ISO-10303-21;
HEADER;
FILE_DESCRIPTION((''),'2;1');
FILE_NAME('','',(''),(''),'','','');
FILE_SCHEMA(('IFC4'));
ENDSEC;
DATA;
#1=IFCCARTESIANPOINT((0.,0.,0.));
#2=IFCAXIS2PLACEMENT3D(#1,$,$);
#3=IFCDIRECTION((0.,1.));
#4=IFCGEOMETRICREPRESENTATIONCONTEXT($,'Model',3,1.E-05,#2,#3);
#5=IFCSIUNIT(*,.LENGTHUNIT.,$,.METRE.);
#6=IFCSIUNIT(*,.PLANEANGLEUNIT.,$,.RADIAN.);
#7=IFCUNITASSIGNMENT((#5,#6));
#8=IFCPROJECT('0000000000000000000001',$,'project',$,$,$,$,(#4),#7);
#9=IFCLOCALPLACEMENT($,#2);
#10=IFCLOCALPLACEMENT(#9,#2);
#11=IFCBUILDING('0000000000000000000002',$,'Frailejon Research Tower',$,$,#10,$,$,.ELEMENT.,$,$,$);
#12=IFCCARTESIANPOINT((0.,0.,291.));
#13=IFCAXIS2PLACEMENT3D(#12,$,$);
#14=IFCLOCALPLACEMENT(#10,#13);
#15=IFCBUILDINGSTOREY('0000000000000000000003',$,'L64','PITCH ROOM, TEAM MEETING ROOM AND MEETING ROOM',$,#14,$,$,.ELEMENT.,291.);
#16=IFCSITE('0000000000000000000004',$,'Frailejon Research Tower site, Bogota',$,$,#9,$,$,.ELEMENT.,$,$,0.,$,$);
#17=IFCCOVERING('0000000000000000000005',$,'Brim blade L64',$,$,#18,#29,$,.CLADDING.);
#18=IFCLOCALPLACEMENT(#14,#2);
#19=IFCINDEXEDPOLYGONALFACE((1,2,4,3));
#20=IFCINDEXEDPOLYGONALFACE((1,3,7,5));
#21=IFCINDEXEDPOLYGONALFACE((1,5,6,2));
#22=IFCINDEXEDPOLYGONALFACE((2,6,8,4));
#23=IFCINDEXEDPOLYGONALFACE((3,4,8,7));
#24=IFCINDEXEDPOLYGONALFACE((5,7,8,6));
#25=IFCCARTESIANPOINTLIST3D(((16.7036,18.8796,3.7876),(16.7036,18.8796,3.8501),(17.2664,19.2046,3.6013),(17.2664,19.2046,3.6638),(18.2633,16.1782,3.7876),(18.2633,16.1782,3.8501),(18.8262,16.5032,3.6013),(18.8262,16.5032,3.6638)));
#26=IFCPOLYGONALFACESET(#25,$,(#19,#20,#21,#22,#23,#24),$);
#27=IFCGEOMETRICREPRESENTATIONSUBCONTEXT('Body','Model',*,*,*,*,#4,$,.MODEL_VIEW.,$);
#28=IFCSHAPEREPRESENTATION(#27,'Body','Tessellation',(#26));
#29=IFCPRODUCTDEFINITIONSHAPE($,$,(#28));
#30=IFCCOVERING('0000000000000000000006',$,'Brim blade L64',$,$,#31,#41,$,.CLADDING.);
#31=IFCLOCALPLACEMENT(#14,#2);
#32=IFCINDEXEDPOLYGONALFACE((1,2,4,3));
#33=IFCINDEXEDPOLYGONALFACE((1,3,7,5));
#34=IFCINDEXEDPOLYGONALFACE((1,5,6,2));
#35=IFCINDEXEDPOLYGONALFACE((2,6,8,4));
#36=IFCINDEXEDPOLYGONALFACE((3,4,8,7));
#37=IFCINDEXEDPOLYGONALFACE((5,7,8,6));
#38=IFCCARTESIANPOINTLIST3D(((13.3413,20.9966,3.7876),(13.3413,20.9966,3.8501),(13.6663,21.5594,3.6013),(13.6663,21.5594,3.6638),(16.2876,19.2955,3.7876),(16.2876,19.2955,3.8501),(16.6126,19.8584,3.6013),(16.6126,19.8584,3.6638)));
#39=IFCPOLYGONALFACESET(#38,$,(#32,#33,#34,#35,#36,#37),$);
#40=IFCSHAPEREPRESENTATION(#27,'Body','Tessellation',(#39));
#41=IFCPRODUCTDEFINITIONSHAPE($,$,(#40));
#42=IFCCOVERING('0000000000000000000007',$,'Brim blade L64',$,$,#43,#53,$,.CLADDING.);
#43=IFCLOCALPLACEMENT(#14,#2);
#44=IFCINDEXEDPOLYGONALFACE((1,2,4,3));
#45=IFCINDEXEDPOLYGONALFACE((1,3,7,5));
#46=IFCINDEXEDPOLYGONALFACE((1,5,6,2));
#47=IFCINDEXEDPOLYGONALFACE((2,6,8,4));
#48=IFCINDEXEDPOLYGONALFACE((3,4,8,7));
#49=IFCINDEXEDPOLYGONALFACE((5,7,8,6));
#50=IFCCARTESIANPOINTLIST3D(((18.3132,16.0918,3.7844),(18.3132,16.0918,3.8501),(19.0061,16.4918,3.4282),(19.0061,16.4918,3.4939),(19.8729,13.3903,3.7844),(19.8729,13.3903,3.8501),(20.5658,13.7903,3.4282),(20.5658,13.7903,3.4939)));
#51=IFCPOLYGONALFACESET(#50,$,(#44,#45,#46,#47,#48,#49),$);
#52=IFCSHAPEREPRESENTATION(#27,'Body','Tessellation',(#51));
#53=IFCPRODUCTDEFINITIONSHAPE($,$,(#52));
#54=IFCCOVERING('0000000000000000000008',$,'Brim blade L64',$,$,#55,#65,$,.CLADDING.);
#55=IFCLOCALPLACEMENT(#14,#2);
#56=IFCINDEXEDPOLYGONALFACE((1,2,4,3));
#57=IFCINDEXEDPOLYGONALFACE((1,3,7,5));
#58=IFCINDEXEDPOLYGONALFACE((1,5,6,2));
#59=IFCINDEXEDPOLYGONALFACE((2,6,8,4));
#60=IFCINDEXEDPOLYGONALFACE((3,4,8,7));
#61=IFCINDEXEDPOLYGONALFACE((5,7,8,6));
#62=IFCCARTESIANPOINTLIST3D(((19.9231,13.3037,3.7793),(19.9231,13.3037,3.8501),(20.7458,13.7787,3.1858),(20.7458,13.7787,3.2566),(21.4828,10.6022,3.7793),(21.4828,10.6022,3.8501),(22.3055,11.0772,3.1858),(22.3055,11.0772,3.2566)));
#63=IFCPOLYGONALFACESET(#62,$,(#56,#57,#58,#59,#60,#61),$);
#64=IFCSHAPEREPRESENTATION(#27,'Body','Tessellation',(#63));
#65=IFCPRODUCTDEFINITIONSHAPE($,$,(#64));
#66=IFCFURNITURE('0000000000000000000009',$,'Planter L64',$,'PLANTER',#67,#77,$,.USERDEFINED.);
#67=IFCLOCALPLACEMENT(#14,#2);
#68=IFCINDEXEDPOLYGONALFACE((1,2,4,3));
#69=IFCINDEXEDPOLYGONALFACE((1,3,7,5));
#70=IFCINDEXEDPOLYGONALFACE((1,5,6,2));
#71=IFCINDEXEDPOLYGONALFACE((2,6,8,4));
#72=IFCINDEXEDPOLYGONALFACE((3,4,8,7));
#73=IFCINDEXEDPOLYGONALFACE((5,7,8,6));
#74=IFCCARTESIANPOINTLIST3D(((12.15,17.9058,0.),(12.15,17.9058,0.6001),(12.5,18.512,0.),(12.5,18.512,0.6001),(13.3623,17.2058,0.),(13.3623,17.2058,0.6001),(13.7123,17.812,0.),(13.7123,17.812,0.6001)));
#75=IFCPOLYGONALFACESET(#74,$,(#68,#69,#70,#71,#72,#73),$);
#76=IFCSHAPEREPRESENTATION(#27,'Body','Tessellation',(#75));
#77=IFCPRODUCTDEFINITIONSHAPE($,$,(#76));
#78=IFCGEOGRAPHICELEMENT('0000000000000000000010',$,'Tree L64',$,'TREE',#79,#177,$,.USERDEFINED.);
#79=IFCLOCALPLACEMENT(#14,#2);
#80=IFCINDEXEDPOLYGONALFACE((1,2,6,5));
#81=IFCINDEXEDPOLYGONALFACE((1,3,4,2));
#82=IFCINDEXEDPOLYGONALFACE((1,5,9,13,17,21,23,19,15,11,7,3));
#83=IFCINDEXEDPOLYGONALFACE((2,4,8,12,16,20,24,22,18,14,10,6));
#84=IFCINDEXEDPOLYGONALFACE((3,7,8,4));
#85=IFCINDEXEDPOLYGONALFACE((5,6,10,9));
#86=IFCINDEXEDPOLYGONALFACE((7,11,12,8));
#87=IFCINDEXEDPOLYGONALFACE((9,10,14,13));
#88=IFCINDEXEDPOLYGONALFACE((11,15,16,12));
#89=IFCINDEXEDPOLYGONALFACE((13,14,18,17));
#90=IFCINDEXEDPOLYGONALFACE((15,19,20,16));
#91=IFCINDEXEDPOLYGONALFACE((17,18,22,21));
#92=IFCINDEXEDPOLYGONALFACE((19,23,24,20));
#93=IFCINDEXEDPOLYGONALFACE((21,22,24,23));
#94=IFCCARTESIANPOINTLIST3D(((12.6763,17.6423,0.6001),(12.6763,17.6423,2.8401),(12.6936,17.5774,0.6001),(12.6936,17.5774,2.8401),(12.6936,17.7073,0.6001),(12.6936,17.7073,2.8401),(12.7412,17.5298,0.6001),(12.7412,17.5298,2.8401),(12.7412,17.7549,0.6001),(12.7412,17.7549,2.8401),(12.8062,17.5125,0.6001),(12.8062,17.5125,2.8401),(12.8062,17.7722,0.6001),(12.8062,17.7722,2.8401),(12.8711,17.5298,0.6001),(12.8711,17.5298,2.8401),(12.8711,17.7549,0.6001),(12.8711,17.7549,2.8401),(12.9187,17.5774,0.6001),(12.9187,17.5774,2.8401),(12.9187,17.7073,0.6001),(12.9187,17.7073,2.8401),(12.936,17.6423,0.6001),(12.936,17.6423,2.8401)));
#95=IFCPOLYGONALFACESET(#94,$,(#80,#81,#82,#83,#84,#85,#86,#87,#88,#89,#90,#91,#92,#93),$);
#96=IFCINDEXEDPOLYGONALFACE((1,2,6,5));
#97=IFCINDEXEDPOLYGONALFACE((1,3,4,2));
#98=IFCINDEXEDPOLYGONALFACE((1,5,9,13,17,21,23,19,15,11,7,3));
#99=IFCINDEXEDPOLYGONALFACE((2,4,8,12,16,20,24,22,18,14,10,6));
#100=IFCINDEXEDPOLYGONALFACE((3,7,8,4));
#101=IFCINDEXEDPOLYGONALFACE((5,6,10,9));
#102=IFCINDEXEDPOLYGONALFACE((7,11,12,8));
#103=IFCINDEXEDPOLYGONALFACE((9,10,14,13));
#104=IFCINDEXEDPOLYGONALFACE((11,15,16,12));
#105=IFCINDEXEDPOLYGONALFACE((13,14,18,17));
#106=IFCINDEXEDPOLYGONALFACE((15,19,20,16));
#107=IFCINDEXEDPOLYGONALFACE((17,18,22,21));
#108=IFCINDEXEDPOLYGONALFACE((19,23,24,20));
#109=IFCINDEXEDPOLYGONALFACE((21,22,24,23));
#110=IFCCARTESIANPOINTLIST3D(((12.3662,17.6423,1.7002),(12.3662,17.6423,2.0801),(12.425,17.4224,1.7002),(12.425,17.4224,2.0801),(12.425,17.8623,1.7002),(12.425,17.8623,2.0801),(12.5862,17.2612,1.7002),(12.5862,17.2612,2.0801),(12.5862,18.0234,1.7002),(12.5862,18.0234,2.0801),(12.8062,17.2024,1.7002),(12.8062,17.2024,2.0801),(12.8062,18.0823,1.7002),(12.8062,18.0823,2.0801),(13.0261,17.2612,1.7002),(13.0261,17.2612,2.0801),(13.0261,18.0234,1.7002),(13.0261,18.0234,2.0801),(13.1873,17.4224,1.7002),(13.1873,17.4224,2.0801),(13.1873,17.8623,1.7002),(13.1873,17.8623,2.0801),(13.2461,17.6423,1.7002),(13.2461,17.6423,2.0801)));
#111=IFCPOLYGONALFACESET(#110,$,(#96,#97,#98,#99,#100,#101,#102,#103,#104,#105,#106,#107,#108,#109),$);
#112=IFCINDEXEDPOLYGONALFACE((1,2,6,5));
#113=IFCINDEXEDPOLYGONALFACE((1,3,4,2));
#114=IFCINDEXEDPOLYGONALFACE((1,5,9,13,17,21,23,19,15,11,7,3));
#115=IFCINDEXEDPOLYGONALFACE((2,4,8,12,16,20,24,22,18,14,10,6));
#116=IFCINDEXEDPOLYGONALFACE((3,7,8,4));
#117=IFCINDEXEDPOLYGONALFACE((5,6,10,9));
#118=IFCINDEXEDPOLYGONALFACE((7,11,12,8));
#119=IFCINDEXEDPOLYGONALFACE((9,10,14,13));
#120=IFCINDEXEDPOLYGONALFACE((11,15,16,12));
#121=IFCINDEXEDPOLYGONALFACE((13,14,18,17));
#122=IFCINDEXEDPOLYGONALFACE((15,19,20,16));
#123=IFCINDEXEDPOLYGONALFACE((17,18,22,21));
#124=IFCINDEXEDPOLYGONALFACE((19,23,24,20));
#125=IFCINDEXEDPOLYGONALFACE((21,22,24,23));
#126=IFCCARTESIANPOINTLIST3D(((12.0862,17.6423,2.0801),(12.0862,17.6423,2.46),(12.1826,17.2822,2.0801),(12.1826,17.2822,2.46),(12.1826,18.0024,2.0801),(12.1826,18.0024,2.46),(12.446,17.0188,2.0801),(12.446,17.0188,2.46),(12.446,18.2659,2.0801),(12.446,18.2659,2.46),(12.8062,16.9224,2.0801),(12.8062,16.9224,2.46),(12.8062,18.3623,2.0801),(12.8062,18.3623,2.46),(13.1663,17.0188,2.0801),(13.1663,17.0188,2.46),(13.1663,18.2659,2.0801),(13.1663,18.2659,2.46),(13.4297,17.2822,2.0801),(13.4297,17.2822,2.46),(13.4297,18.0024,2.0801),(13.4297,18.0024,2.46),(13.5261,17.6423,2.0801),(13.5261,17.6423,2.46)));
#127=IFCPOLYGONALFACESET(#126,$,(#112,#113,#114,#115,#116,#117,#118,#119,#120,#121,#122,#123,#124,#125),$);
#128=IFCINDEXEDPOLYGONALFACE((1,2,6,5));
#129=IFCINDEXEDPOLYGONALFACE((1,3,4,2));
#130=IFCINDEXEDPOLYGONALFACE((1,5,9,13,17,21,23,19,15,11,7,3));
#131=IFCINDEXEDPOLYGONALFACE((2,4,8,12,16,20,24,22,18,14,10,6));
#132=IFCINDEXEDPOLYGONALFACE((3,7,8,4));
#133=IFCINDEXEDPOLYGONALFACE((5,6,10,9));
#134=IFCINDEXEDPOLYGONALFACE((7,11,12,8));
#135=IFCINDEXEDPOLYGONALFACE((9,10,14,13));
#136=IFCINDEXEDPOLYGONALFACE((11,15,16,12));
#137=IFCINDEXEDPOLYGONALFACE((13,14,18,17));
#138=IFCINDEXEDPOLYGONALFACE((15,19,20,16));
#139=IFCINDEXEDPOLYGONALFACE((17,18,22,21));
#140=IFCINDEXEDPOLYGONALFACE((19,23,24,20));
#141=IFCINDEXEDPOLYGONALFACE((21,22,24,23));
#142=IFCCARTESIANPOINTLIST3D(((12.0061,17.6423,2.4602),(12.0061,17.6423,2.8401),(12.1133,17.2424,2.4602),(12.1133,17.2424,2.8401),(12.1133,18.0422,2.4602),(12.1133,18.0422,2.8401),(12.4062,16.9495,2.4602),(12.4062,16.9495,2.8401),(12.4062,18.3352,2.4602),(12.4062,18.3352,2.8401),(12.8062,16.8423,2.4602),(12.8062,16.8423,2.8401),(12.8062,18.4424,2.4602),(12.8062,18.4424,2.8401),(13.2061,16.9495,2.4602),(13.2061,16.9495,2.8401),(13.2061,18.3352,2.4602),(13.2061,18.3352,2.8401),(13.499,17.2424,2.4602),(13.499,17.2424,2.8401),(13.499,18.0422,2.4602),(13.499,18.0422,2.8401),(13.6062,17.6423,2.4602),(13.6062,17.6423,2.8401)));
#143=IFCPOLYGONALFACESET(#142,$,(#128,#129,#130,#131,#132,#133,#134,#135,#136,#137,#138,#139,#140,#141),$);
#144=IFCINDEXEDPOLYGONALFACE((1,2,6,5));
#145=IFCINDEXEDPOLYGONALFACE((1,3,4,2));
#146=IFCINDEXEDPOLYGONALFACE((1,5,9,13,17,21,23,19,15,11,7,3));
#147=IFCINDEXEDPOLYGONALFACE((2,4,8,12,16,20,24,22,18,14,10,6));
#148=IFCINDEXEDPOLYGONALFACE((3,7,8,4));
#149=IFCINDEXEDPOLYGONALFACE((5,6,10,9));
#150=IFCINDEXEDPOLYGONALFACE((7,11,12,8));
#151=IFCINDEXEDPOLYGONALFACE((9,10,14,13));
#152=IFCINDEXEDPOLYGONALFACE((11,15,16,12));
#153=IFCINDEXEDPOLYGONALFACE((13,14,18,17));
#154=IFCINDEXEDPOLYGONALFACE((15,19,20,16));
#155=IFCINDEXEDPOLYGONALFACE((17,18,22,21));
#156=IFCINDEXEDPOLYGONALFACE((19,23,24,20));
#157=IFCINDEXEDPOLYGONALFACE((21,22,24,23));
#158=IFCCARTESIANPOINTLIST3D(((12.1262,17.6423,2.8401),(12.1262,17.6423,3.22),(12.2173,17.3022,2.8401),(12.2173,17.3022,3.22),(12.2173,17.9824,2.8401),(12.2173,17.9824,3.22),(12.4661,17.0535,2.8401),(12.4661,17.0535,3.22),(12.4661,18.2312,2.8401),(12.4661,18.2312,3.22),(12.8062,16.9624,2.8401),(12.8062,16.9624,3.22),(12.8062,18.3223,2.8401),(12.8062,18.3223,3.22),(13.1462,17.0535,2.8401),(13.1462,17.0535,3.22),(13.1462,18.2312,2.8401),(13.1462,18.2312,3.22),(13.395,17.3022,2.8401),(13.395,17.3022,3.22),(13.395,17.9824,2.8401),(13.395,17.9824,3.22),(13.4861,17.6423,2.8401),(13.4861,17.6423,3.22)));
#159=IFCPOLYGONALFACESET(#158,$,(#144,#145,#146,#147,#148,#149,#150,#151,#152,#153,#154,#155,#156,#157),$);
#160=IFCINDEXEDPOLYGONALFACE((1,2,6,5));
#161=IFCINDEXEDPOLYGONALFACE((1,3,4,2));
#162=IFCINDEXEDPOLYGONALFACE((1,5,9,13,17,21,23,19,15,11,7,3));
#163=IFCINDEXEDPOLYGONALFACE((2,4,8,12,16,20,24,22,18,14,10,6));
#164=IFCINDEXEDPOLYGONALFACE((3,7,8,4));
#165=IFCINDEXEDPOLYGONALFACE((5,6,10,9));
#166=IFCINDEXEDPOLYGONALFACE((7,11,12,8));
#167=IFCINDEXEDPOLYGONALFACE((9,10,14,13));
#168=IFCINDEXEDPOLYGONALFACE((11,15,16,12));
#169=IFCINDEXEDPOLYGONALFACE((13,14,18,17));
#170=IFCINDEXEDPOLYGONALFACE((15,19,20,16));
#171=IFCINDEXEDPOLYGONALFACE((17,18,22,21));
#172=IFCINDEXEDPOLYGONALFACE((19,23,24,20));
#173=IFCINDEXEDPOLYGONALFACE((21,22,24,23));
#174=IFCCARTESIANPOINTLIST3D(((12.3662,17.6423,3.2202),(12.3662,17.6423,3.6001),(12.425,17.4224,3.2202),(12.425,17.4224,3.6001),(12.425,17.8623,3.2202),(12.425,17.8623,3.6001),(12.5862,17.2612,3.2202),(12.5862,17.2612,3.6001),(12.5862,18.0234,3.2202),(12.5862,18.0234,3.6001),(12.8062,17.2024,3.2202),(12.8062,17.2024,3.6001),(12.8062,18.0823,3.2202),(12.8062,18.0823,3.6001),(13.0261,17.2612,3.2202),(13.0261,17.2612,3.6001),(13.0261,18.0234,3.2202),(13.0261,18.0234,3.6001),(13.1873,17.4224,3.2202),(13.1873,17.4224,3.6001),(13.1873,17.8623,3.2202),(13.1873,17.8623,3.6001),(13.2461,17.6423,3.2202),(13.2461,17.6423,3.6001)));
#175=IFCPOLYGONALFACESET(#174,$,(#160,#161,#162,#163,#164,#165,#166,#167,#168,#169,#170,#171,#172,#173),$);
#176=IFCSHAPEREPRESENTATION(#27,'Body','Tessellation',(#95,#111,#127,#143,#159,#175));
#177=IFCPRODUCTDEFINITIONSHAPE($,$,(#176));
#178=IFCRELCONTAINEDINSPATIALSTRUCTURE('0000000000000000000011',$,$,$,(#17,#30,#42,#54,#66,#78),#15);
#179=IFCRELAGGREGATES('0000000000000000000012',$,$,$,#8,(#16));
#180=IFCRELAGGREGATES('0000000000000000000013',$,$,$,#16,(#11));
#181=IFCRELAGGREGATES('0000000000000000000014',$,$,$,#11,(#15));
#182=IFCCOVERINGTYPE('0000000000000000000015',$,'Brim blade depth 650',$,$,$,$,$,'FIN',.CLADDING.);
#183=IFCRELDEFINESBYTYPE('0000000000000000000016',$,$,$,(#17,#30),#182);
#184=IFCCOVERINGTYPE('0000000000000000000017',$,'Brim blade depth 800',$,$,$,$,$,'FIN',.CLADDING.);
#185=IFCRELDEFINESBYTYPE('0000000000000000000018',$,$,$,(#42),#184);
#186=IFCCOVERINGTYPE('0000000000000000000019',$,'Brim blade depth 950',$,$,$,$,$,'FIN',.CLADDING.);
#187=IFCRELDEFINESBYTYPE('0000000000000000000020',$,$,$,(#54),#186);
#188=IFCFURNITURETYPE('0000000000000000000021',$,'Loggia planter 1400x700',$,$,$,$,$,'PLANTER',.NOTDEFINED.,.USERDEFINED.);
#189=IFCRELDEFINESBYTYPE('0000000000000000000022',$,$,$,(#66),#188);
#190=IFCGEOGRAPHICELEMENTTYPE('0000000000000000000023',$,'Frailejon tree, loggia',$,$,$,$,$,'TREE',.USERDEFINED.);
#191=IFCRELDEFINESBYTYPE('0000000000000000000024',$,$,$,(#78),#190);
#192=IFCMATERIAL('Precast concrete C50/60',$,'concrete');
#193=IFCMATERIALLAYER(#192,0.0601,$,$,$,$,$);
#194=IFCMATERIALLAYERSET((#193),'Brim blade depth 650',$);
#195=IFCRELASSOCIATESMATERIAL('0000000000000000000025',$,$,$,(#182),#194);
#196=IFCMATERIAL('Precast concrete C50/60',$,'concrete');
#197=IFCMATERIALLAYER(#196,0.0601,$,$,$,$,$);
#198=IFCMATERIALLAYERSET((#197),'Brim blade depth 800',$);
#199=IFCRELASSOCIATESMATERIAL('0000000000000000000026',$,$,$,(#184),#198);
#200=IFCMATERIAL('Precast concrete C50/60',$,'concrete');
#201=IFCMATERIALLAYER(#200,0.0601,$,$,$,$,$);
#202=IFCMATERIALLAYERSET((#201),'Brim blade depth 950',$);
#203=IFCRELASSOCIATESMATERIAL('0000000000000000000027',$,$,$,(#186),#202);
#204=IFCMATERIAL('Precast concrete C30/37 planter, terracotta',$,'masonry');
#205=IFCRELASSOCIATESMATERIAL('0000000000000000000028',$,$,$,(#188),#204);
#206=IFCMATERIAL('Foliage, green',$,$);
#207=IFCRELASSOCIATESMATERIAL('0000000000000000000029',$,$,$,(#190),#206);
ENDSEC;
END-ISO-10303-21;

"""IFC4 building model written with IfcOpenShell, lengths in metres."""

from ifc_helpers import new_model, si_unit, direction, frame, origin, origin_2d, place, context, subcontext, project, spatial, polyline, rectangle, outline, extrude, material, layer, layer_set, type_object, element, save


model = new_model("IFC4")

# Units and contexts
model_context = context("Model", 3, precision=1e-05, world=origin(), true_north=direction((0.0, 1.0)))
body_context = subcontext(model_context, "Body", "Model", "MODEL_VIEW")
ifc_project = project(units=[si_unit("LENGTHUNIT", "METRE"), si_unit("PLANEANGLEUNIT", "RADIAN")], contexts=[model_context])

# Site, building, storey
site_placement = place(None, origin())
site = spatial("IfcSite", under=ifc_project, at=site_placement, Name="Frailejon Research Tower site, Bogota", CompositionType="ELEMENT", RefElevation=0.0)
building_placement = place(site_placement, origin())
building = spatial("IfcBuilding", under=site, at=building_placement, Name="Frailejon Research Tower", CompositionType="ELEMENT")
storey_placement = place(building_placement, frame((0.0, 0.0, 291.0)))
storey = spatial("IfcBuildingStorey", under=building, at=storey_placement, Name="L64", Description="PITCH ROOM, TEAM MEETING ROOM AND MEETING ROOM", CompositionType="ELEMENT", Elevation=291.0)

# Coverings
ifc_material_1 = material(Name="Precast concrete C50/60", Category="concrete")
ifc_layer_1 = layer(ifc_material_1, 0.0601)
ifc_layer_set_1 = layer_set([ifc_layer_1], Name="Brim blade depth 650")
covering_type_1 = type_object("IfcCoveringType", Name="Brim blade depth 650", ElementType="FIN", PredefinedType="CLADDING", material=ifc_layer_set_1)
covering_1_placement = place(storey_placement, frame((16.7036, 18.8796, 3.8501), z_axis=(0.500011, -0.866019, 0.0), x_axis=(0.866019, 0.500011, 0.0)))
element("IfcCovering", 1, at=covering_1_placement, inside=storey, type_object=covering_type_1, Name="Brim blade L64", PredefinedType="CLADDING", context=body_context, shape_type="SweptSolid", body=[
    extrude(outline(polyline([(0.0, -0.0625), (0.6499, -0.2488), (0.6499, -0.1863), (0.0, 0.0), (0.0, -0.0625)])), origin(), (0.0, 0.0, 1.0), 3.1194),
])
covering_2_placement = place(storey_placement, frame((13.3413, 20.9966, 3.8501), z_axis=(0.866024, -0.500003, 0.0), x_axis=(0.500003, 0.866024, 0.0)))
element("IfcCovering", 2, at=covering_2_placement, inside=storey, type_object=covering_type_1, Name="Brim blade L64", PredefinedType="CLADDING", context=body_context, shape_type="SweptSolid", body=[
    extrude(outline(polyline([(0.0, -0.0625), (0.6499, -0.2488), (0.6499, -0.1863), (0.0, 0.0), (0.0, -0.0625)])), origin(), (0.0, 0.0, 1.0), 3.4021),
])
ifc_material_2 = material(Name="Precast concrete C50/60", Category="concrete")
ifc_layer_2 = layer(ifc_material_2, 0.0601)
ifc_layer_set_2 = layer_set([ifc_layer_2], Name="Brim blade depth 800")
covering_type_2 = type_object("IfcCoveringType", Name="Brim blade depth 800", ElementType="FIN", PredefinedType="CLADDING", material=ifc_layer_set_2)
covering_3_placement = place(storey_placement, frame((18.3132, 16.0918, 3.8501), z_axis=(0.499998, -0.866027, 0.0), x_axis=(0.866027, 0.499998, 0.0)))
element("IfcCovering", 3, at=covering_3_placement, inside=storey, type_object=covering_type_2, Name="Brim blade L64", PredefinedType="CLADDING", context=body_context, shape_type="SweptSolid", body=[
    extrude(outline(polyline([(0.0, -0.0657), (0.8, -0.4219), (0.8, -0.3562), (0.0, 0.0), (0.0, -0.0657)])), origin(), (0.0, 0.0, 1.0), 3.1194),
])
ifc_material_3 = material(Name="Precast concrete C50/60", Category="concrete")
ifc_layer_3 = layer(ifc_material_3, 0.0601)
ifc_layer_set_3 = layer_set([ifc_layer_3], Name="Brim blade depth 950")
covering_type_3 = type_object("IfcCoveringType", Name="Brim blade depth 950", ElementType="FIN", PredefinedType="CLADDING", material=ifc_layer_set_3)
covering_4_placement = place(storey_placement, frame((19.9231, 13.3037, 3.8501), z_axis=(0.499998, -0.866027, 0.0), x_axis=(0.866027, 0.499998, 0.0)))
element("IfcCovering", 4, at=covering_4_placement, inside=storey, type_object=covering_type_3, Name="Brim blade L64", PredefinedType="CLADDING", context=body_context, shape_type="SweptSolid", body=[
    extrude(outline(polyline([(0.0, -0.0708), (0.95, -0.6643), (0.95, -0.5935), (0.0, 0.0), (0.0, -0.0708)])), origin(), (0.0, 0.0, 1.0), 3.1194),
])

# Furniture
ifc_material_4 = material(Name="Precast concrete C30/37 planter, terracotta", Category="masonry")
furniture_type = type_object("IfcFurnitureType", Name="Loggia planter 1400x700", ElementType="PLANTER", AssemblyPlace="NOTDEFINED", PredefinedType="USERDEFINED", material=ifc_material_4)
furniture_placement = place(storey_placement, frame((12.9312, 17.8589, 0.0), z_axis=(0.0, 0.0, 1.0), x_axis=(-0.866025, 0.5, 0.0)))
element("IfcFurniture", 5, at=furniture_placement, inside=storey, type_object=furniture_type, Name="Planter L64", ObjectType="PLANTER", PredefinedType="USERDEFINED", context=body_context, shape_type="SweptSolid", body=[
    extrude(rectangle(XDim=1.3999, YDim=0.7, at=origin_2d()), origin(), (0.0, 0.0, 1.0), 0.6001),
])

# Geographic element
ifc_material_5 = material(Name="Foliage, green")
geographic_element_type = type_object("IfcGeographicElementType", Name="Frailejon tree, loggia", ElementType="TREE", PredefinedType="USERDEFINED", material=ifc_material_5)
geographic_element_placement = place(storey_placement, frame((12.8062, 17.6423, 0.6001)))
element("IfcGeographicElement", 6, at=geographic_element_placement, inside=storey, type_object=geographic_element_type, Name="Tree L64", ObjectType="TREE", PredefinedType="USERDEFINED", context=body_context, shape_type="SweptSolid", body=[
    extrude(outline(polyline([(0.1299, 0.0), (0.1125, 0.0649), (0.0649, 0.1125), (0.0, 0.1299), (-0.0649, 0.1125), (-0.1125, 0.0649), (-0.1299, 0.0), (-0.1125, -0.0649), (-0.0649, -0.1125), (0.0, -0.1299), (0.0649, -0.1125), (0.1125, -0.0649), (0.1299, 0.0)])), origin(), (0.0, 0.0, 1.0), 2.24),
    extrude(outline(polyline([(0.4399, 0.0), (0.3811, 0.22), (0.22, 0.3811), (0.0, 0.4399), (-0.22, 0.3811), (-0.3811, 0.22), (-0.4399, 0.0), (-0.3811, -0.22), (-0.22, -0.3811), (0.0, -0.4399), (0.22, -0.3811), (0.3811, -0.22), (0.4399, 0.0)])), frame((0.0, 0.0, 1.1001)), (0.0, 0.0, 1.0), 0.3799),
    extrude(outline(polyline([(0.72, 0.0), (0.6235, 0.3601), (0.3601, 0.6235), (0.0, 0.72), (-0.3601, 0.6235), (-0.6235, 0.3601), (-0.72, 0.0), (-0.6235, -0.3601), (-0.3601, -0.6235), (0.0, -0.72), (0.3601, -0.6235), (0.6235, -0.3601), (0.72, 0.0)])), frame((0.0, 0.0, 1.48)), (0.0, 0.0, 1.0), 0.3799),
    extrude(outline(polyline([(0.8, 0.0), (0.6929, 0.3999), (0.3999, 0.6929), (0.0, 0.8), (-0.3999, 0.6929), (-0.6929, 0.3999), (-0.8, 0.0), (-0.6929, -0.3999), (-0.3999, -0.6929), (0.0, -0.8), (0.3999, -0.6929), (0.6929, -0.3999), (0.8, 0.0)])), frame((0.0, 0.0, 1.8601)), (0.0, 0.0, 1.0), 0.3799),
    extrude(outline(polyline([(0.6799, 0.0), (0.5889, 0.3401), (0.3401, 0.5889), (0.0, 0.6799), (-0.3401, 0.5889), (-0.5889, 0.3401), (-0.6799, 0.0), (-0.5889, -0.3401), (-0.3401, -0.5889), (0.0, -0.6799), (0.3401, -0.5889), (0.5889, -0.3401), (0.6799, 0.0)])), frame((0.0, 0.0, 2.24)), (0.0, 0.0, 1.0), 0.3799),
    extrude(outline(polyline([(0.4399, 0.0), (0.3811, 0.22), (0.22, 0.3811), (0.0, 0.4399), (-0.22, 0.3811), (-0.3811, 0.22), (-0.4399, 0.0), (-0.3811, -0.22), (-0.22, -0.3811), (0.0, -0.4399), (0.22, -0.3811), (0.3811, -0.22), (0.4399, 0.0)])), frame((0.0, 0.0, 2.6201)), (0.0, 0.0, 1.0), 0.3799),
])

save(model, "model.ifc")
